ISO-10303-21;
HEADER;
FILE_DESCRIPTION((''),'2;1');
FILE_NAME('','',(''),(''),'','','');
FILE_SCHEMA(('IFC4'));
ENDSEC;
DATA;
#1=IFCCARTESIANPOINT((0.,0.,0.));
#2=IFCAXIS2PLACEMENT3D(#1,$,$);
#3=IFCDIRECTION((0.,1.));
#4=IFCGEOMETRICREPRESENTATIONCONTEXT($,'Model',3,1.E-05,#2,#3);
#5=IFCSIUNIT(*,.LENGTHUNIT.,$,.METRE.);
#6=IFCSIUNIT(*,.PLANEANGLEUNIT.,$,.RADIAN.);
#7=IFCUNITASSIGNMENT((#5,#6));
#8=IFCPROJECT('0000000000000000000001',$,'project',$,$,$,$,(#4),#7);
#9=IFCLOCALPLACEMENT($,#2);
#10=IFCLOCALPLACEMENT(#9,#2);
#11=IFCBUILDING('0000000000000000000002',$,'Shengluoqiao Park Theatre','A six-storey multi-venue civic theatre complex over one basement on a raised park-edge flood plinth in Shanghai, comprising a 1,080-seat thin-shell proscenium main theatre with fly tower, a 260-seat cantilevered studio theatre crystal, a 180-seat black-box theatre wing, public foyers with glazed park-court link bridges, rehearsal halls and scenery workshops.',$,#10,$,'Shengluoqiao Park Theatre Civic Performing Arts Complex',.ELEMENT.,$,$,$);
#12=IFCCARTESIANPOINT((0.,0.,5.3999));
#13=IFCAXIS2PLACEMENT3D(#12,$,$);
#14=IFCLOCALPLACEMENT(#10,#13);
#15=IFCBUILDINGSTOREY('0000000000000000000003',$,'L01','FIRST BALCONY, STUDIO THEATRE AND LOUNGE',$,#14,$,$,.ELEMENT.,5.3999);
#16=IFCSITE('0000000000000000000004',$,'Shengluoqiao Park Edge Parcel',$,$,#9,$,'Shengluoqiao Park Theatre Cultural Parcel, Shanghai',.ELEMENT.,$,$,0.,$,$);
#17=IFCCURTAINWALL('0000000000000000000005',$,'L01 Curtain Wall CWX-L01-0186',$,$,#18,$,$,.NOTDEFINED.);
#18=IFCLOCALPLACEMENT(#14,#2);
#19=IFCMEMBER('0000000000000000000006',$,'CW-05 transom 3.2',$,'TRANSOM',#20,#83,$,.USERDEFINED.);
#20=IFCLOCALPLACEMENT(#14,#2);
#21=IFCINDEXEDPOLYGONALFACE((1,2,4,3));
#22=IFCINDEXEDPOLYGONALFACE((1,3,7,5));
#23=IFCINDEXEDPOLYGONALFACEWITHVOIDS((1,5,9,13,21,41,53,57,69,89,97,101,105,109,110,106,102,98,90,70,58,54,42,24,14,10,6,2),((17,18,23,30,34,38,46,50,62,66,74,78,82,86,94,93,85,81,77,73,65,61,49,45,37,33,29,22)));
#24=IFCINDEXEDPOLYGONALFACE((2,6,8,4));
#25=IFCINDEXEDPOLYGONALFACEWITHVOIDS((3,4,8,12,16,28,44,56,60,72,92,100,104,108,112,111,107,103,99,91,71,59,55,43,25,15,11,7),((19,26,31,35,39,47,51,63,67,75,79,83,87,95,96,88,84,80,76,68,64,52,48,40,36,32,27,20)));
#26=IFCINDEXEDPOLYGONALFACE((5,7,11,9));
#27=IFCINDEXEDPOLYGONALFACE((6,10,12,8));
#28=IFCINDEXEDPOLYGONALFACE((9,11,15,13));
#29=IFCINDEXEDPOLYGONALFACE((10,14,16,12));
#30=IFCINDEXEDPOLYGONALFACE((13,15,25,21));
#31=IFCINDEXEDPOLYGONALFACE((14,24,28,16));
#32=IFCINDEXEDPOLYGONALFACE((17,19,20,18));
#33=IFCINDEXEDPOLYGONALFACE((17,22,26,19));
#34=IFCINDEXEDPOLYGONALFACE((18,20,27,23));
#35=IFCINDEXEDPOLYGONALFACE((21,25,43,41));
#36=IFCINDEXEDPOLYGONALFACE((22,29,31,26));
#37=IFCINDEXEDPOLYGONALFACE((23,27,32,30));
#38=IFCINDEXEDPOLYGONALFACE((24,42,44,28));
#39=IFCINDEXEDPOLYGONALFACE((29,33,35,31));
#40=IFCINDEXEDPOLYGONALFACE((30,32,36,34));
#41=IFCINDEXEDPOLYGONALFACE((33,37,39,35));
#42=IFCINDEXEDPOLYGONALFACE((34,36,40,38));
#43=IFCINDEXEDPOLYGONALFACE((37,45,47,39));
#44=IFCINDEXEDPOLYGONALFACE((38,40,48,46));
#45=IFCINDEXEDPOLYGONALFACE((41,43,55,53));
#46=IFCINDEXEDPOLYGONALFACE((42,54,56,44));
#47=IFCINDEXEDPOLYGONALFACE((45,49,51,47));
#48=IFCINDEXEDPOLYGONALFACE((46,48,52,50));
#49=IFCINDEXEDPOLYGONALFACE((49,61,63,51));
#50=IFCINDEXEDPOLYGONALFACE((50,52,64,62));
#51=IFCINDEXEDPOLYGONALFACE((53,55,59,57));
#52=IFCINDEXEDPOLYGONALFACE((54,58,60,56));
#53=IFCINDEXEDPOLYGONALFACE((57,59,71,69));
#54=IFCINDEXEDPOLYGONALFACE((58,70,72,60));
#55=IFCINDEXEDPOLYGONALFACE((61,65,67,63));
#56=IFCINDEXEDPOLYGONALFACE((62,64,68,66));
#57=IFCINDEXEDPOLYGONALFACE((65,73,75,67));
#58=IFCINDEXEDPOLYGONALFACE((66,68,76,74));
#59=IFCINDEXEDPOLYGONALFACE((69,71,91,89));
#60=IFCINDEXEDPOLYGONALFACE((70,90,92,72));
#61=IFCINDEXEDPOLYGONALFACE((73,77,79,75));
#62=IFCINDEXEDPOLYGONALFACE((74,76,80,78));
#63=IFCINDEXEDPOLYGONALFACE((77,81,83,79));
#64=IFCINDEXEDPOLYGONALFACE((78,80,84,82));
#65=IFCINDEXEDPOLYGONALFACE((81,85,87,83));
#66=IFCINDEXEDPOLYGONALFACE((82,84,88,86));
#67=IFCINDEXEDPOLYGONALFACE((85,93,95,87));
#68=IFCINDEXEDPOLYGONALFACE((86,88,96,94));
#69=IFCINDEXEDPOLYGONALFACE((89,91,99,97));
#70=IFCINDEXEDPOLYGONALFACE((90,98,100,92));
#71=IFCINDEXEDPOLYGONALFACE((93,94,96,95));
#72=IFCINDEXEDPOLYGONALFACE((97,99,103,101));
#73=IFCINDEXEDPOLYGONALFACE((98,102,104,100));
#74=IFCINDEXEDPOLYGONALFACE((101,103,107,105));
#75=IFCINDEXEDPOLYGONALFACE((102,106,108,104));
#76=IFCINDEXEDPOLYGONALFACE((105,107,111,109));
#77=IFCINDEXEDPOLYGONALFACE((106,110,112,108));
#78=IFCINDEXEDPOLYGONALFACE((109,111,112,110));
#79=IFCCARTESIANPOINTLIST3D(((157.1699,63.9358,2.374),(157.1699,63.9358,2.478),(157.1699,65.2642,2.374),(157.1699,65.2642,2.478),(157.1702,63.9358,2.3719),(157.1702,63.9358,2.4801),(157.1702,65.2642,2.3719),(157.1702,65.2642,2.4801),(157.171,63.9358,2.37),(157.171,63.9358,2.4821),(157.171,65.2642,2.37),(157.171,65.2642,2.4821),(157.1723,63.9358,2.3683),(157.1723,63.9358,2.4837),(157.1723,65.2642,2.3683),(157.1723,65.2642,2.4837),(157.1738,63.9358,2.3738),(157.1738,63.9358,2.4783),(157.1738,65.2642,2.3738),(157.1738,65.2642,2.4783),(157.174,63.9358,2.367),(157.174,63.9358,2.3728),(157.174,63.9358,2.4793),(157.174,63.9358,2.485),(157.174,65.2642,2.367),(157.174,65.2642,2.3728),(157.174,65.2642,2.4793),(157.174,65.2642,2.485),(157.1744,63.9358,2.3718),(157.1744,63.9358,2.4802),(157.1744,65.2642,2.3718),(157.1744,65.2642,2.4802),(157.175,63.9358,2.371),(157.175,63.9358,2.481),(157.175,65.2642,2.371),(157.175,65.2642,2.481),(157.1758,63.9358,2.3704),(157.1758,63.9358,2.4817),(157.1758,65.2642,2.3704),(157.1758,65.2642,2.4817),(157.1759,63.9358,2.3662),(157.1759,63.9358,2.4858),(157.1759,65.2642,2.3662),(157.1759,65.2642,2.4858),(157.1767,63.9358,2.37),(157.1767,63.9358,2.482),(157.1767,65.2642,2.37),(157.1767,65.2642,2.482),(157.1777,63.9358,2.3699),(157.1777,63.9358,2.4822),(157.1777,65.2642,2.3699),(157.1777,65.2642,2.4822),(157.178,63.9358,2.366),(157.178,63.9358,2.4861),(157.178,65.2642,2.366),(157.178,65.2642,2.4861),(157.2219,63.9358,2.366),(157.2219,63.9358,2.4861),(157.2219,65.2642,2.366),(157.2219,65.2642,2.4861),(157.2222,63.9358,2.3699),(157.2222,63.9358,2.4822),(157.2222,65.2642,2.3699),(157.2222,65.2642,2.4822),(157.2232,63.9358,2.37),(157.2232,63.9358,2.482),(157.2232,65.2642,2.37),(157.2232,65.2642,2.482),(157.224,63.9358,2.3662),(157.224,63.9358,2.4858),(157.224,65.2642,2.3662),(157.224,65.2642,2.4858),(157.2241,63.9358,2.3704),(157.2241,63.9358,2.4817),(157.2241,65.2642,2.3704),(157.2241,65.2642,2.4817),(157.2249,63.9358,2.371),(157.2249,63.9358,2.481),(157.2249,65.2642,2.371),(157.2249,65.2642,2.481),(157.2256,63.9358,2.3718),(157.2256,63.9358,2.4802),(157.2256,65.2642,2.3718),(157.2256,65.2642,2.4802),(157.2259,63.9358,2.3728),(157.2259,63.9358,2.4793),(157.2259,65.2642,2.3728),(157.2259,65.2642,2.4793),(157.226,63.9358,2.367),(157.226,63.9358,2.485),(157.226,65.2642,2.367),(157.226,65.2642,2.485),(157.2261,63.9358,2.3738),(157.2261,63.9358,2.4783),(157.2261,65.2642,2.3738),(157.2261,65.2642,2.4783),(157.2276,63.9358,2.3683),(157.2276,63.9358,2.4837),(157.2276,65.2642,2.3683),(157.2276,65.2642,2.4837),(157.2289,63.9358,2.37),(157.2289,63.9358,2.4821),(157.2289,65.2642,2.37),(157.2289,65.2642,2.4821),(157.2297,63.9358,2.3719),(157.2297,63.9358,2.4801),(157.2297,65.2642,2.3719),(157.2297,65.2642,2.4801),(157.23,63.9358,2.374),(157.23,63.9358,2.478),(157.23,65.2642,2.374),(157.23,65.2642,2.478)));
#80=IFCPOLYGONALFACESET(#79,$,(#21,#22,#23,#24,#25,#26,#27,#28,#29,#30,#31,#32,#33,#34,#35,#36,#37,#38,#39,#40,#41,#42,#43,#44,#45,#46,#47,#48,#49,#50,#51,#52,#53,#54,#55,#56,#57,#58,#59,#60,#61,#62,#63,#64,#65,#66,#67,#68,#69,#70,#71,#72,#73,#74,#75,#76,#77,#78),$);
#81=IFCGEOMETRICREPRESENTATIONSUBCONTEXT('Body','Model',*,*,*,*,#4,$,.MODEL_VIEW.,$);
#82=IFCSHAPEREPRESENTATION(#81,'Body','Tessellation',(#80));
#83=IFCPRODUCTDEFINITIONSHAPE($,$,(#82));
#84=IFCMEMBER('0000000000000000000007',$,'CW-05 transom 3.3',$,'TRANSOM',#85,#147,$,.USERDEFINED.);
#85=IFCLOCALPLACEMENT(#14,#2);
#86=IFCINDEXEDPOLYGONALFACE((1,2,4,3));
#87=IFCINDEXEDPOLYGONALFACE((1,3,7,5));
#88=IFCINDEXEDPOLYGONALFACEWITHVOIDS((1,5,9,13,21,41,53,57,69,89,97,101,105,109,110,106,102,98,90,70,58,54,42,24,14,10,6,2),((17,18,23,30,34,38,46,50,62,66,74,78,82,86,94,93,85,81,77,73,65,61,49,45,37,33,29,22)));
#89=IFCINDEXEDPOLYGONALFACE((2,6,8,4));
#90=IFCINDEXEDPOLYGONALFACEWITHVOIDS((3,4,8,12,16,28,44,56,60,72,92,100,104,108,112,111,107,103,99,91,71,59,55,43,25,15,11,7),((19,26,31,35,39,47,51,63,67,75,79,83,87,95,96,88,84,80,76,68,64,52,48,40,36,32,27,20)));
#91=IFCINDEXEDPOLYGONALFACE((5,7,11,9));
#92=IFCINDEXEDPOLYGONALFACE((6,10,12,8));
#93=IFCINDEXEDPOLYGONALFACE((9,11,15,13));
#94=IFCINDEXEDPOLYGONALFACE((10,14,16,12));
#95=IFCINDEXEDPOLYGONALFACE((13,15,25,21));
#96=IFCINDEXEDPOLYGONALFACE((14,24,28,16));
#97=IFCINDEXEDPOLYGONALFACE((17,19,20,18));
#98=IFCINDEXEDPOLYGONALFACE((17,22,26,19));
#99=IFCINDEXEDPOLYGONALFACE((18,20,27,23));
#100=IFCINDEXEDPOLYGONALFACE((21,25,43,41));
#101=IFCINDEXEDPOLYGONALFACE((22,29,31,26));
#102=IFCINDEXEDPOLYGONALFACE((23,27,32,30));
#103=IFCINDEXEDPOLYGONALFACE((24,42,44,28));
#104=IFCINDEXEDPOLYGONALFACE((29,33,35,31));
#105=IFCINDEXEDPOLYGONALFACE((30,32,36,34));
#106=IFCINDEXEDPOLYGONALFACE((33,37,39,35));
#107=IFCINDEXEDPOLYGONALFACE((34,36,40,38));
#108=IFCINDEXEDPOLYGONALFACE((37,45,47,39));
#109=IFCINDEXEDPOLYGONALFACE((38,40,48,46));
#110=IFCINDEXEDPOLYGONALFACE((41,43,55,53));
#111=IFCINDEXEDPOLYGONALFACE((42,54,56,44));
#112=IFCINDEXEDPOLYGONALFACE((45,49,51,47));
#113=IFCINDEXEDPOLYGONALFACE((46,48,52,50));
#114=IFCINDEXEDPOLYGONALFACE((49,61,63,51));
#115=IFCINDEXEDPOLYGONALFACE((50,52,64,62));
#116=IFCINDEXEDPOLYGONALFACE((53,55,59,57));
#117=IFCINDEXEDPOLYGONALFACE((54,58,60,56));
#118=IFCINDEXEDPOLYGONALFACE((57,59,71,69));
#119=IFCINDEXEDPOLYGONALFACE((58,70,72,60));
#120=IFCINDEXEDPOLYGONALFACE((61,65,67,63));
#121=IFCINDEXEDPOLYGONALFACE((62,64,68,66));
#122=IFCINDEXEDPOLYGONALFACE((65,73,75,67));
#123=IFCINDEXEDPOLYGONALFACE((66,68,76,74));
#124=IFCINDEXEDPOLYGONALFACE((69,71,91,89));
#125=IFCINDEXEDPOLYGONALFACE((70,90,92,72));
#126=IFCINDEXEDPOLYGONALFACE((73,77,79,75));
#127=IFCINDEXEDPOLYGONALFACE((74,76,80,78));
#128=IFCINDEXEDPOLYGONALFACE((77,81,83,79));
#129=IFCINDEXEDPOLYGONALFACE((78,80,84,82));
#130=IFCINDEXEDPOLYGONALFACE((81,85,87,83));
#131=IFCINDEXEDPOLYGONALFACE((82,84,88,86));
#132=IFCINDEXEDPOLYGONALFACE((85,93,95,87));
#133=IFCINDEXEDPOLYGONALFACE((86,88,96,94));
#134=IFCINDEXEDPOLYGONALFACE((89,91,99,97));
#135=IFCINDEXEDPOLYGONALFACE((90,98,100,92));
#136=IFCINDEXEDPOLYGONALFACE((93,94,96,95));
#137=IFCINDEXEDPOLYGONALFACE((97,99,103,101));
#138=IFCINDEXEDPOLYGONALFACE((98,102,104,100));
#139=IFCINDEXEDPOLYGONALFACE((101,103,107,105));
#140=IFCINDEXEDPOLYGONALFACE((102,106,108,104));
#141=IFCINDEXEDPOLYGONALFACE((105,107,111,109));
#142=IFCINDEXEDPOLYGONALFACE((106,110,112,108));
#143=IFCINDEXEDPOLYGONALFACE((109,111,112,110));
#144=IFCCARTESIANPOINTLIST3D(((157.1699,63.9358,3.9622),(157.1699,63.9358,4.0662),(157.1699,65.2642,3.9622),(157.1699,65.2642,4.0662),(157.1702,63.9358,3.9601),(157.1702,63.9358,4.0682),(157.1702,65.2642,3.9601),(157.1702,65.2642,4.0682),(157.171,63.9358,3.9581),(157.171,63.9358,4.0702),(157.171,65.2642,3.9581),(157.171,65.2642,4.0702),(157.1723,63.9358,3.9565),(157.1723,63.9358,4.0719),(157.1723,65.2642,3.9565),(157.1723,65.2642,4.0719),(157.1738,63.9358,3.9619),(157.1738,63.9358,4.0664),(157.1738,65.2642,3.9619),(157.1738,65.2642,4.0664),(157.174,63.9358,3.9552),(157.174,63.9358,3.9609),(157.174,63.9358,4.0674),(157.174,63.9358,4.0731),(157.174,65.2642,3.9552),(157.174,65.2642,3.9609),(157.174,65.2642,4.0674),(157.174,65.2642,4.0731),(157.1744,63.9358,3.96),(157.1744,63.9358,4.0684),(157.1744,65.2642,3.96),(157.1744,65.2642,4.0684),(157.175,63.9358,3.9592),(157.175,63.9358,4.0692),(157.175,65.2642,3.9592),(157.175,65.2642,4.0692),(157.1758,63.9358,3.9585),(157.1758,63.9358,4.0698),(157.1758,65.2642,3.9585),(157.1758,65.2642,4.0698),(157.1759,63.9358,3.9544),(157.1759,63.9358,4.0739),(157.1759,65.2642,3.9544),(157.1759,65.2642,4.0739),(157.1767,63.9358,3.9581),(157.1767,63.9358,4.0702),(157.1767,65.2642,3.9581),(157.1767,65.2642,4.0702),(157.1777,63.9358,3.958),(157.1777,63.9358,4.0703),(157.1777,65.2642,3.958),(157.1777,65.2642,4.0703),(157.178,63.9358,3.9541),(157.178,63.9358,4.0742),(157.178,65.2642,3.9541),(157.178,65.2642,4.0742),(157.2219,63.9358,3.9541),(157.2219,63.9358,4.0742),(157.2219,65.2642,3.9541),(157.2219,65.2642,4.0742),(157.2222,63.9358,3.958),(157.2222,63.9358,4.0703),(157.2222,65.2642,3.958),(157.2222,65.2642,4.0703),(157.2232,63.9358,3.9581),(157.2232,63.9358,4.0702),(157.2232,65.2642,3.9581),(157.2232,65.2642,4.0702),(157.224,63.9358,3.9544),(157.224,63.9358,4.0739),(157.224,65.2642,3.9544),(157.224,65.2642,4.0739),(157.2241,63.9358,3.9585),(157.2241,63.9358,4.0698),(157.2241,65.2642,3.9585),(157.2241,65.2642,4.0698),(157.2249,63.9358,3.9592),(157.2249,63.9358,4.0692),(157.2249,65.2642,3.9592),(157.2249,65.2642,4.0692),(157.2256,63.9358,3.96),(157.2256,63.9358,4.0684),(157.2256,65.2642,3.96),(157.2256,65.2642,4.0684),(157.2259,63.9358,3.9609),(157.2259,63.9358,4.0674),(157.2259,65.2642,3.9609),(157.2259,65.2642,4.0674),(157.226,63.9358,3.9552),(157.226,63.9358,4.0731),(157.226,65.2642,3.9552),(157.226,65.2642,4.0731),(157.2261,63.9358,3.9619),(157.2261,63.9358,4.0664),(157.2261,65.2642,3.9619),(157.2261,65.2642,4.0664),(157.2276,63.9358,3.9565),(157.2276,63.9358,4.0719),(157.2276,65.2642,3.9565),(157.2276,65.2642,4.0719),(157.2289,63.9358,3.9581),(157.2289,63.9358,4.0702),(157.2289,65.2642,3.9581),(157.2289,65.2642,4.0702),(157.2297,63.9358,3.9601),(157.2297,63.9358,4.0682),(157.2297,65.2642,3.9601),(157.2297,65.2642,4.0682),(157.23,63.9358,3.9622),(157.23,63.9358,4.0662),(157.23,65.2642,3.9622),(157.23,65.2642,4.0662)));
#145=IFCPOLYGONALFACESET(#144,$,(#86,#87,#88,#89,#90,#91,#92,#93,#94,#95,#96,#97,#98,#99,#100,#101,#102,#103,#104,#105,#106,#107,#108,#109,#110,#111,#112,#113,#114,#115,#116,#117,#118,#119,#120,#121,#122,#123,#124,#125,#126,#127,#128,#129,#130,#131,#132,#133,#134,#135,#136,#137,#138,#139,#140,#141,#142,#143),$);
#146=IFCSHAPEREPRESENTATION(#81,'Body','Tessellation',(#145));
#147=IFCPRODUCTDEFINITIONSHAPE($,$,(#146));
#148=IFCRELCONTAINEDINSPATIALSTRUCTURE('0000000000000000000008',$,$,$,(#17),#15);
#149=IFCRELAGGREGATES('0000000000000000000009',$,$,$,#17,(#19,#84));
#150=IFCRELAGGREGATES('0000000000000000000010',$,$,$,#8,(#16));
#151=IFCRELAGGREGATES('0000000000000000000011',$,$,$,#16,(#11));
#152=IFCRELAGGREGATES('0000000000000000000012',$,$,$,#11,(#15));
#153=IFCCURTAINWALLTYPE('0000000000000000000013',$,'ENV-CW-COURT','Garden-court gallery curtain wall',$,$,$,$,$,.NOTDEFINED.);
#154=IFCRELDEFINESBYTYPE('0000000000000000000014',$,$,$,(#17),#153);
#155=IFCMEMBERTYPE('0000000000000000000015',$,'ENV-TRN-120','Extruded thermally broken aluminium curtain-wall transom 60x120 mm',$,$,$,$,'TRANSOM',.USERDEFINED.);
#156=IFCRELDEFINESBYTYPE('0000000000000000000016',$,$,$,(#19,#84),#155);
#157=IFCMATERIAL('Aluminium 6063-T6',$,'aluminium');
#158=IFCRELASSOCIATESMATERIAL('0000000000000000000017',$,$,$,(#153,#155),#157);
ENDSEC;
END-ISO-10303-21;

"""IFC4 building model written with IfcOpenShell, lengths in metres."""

from ifc_helpers import new_model, si_unit, direction, frame, origin, origin_2d, place, context, subcontext, project, spatial, hollow_rectangle, extrude, material, material_profile, profile_set, type_object, element, aggregate, save


model = new_model("IFC4")

# Units and contexts
model_context = context("Model", 3, precision=1e-05, world=origin(), true_north=direction((0.0, 1.0)))
body_context = subcontext(model_context, "Body", "Model", "MODEL_VIEW")
ifc_project = project(units=[si_unit("LENGTHUNIT", "METRE"), si_unit("PLANEANGLEUNIT", "RADIAN")], contexts=[model_context])

# Site, building, storey
site_placement = place(None, origin())
site = spatial("IfcSite", under=ifc_project, at=site_placement, Name="Shengluoqiao Park Edge Parcel", LongName="Shengluoqiao Park Theatre Cultural Parcel, Shanghai", CompositionType="ELEMENT", RefElevation=0.0)
building_placement = place(site_placement, origin())
building = spatial("IfcBuilding", under=site, at=building_placement, Name="Shengluoqiao Park Theatre", Description="A six-storey multi-venue civic theatre complex over one basement on a raised park-edge flood plinth in Shanghai, comprising a 1,080-seat thin-shell proscenium main theatre with fly tower, a 260-seat cantilevered studio theatre crystal, a 180-seat black-box theatre wing, public foyers with glazed park-court link bridges, rehearsal halls and scenery workshops.", LongName="Shengluoqiao Park Theatre Civic Performing Arts Complex", CompositionType="ELEMENT")
storey_placement = place(building_placement, frame((0.0, 0.0, 5.3999)))
storey = spatial("IfcBuildingStorey", under=building, at=storey_placement, Name="L01", Description="FIRST BALCONY, STUDIO THEATRE AND LOUNGE", CompositionType="ELEMENT", Elevation=5.3999)

# Curtain wall, members
ifc_material_1 = material(Name="Aluminium 6063-T6", Category="aluminium")
curtain_wall_type = type_object("IfcCurtainWallType", Name="ENV-CW-COURT", Description="Garden-court gallery curtain wall", PredefinedType="NOTDEFINED", material=ifc_material_1)
curtain_wall_placement = place(storey_placement, origin())
curtain_wall = element("IfcCurtainWall", 1, at=curtain_wall_placement, inside=storey, type_object=curtain_wall_type, Name="L01 Curtain Wall CWX-L01-0186", PredefinedType="NOTDEFINED")
ifc_material_profile_1 = material_profile(ifc_material_1, hollow_rectangle(XDim=0.0601, YDim=0.1201, WallThickness=0.0039, InnerFilletRadius=0.0039, OuterFilletRadius=0.0081, at=origin_2d()), Name="ALU TRANSOM 120x60x4")
ifc_profile_set_1 = profile_set([ifc_material_profile_1], Name="Aluminium 6063-T6")
member_type_1 = type_object("IfcMemberType", Name="ENV-TRN-120", Description="Extruded thermally broken aluminium curtain-wall transom 60x120 mm", ElementType="TRANSOM", PredefinedType="USERDEFINED", material=ifc_profile_set_1)
member_1_placement = place(storey_placement, frame((157.2, 63.9358, 2.426), z_axis=(0.0, 1.0, 0.0), x_axis=(-1.0, 0.0, 0.0)))
member_1 = element("IfcMember", 2, at=member_1_placement, type_object=member_type_1, Name="CW-05 transom 3.2", ObjectType="TRANSOM", PredefinedType="USERDEFINED", context=body_context, shape_type="SweptSolid", body=[
    extrude(hollow_rectangle(XDim=0.0601, YDim=0.1201, WallThickness=0.0039, InnerFilletRadius=0.0039, OuterFilletRadius=0.0081, at=origin_2d()), origin(), (0.0, 0.0, 1.0), 1.3284),
])
member_2_placement = place(storey_placement, frame((157.2, 63.9358, 4.0142), z_axis=(0.0, 1.0, 0.0), x_axis=(-1.0, 0.0, 0.0)))
member_2 = element("IfcMember", 3, at=member_2_placement, type_object=member_type_1, Name="CW-05 transom 3.3", ObjectType="TRANSOM", PredefinedType="USERDEFINED", context=body_context, shape_type="SweptSolid", body=[
    extrude(hollow_rectangle(XDim=0.0601, YDim=0.1201, WallThickness=0.0039, InnerFilletRadius=0.0039, OuterFilletRadius=0.0081, at=origin_2d()), origin(), (0.0, 0.0, 1.0), 1.3284),
])
aggregate(curtain_wall, [member_1, member_2])

save(model, "model.ifc")
